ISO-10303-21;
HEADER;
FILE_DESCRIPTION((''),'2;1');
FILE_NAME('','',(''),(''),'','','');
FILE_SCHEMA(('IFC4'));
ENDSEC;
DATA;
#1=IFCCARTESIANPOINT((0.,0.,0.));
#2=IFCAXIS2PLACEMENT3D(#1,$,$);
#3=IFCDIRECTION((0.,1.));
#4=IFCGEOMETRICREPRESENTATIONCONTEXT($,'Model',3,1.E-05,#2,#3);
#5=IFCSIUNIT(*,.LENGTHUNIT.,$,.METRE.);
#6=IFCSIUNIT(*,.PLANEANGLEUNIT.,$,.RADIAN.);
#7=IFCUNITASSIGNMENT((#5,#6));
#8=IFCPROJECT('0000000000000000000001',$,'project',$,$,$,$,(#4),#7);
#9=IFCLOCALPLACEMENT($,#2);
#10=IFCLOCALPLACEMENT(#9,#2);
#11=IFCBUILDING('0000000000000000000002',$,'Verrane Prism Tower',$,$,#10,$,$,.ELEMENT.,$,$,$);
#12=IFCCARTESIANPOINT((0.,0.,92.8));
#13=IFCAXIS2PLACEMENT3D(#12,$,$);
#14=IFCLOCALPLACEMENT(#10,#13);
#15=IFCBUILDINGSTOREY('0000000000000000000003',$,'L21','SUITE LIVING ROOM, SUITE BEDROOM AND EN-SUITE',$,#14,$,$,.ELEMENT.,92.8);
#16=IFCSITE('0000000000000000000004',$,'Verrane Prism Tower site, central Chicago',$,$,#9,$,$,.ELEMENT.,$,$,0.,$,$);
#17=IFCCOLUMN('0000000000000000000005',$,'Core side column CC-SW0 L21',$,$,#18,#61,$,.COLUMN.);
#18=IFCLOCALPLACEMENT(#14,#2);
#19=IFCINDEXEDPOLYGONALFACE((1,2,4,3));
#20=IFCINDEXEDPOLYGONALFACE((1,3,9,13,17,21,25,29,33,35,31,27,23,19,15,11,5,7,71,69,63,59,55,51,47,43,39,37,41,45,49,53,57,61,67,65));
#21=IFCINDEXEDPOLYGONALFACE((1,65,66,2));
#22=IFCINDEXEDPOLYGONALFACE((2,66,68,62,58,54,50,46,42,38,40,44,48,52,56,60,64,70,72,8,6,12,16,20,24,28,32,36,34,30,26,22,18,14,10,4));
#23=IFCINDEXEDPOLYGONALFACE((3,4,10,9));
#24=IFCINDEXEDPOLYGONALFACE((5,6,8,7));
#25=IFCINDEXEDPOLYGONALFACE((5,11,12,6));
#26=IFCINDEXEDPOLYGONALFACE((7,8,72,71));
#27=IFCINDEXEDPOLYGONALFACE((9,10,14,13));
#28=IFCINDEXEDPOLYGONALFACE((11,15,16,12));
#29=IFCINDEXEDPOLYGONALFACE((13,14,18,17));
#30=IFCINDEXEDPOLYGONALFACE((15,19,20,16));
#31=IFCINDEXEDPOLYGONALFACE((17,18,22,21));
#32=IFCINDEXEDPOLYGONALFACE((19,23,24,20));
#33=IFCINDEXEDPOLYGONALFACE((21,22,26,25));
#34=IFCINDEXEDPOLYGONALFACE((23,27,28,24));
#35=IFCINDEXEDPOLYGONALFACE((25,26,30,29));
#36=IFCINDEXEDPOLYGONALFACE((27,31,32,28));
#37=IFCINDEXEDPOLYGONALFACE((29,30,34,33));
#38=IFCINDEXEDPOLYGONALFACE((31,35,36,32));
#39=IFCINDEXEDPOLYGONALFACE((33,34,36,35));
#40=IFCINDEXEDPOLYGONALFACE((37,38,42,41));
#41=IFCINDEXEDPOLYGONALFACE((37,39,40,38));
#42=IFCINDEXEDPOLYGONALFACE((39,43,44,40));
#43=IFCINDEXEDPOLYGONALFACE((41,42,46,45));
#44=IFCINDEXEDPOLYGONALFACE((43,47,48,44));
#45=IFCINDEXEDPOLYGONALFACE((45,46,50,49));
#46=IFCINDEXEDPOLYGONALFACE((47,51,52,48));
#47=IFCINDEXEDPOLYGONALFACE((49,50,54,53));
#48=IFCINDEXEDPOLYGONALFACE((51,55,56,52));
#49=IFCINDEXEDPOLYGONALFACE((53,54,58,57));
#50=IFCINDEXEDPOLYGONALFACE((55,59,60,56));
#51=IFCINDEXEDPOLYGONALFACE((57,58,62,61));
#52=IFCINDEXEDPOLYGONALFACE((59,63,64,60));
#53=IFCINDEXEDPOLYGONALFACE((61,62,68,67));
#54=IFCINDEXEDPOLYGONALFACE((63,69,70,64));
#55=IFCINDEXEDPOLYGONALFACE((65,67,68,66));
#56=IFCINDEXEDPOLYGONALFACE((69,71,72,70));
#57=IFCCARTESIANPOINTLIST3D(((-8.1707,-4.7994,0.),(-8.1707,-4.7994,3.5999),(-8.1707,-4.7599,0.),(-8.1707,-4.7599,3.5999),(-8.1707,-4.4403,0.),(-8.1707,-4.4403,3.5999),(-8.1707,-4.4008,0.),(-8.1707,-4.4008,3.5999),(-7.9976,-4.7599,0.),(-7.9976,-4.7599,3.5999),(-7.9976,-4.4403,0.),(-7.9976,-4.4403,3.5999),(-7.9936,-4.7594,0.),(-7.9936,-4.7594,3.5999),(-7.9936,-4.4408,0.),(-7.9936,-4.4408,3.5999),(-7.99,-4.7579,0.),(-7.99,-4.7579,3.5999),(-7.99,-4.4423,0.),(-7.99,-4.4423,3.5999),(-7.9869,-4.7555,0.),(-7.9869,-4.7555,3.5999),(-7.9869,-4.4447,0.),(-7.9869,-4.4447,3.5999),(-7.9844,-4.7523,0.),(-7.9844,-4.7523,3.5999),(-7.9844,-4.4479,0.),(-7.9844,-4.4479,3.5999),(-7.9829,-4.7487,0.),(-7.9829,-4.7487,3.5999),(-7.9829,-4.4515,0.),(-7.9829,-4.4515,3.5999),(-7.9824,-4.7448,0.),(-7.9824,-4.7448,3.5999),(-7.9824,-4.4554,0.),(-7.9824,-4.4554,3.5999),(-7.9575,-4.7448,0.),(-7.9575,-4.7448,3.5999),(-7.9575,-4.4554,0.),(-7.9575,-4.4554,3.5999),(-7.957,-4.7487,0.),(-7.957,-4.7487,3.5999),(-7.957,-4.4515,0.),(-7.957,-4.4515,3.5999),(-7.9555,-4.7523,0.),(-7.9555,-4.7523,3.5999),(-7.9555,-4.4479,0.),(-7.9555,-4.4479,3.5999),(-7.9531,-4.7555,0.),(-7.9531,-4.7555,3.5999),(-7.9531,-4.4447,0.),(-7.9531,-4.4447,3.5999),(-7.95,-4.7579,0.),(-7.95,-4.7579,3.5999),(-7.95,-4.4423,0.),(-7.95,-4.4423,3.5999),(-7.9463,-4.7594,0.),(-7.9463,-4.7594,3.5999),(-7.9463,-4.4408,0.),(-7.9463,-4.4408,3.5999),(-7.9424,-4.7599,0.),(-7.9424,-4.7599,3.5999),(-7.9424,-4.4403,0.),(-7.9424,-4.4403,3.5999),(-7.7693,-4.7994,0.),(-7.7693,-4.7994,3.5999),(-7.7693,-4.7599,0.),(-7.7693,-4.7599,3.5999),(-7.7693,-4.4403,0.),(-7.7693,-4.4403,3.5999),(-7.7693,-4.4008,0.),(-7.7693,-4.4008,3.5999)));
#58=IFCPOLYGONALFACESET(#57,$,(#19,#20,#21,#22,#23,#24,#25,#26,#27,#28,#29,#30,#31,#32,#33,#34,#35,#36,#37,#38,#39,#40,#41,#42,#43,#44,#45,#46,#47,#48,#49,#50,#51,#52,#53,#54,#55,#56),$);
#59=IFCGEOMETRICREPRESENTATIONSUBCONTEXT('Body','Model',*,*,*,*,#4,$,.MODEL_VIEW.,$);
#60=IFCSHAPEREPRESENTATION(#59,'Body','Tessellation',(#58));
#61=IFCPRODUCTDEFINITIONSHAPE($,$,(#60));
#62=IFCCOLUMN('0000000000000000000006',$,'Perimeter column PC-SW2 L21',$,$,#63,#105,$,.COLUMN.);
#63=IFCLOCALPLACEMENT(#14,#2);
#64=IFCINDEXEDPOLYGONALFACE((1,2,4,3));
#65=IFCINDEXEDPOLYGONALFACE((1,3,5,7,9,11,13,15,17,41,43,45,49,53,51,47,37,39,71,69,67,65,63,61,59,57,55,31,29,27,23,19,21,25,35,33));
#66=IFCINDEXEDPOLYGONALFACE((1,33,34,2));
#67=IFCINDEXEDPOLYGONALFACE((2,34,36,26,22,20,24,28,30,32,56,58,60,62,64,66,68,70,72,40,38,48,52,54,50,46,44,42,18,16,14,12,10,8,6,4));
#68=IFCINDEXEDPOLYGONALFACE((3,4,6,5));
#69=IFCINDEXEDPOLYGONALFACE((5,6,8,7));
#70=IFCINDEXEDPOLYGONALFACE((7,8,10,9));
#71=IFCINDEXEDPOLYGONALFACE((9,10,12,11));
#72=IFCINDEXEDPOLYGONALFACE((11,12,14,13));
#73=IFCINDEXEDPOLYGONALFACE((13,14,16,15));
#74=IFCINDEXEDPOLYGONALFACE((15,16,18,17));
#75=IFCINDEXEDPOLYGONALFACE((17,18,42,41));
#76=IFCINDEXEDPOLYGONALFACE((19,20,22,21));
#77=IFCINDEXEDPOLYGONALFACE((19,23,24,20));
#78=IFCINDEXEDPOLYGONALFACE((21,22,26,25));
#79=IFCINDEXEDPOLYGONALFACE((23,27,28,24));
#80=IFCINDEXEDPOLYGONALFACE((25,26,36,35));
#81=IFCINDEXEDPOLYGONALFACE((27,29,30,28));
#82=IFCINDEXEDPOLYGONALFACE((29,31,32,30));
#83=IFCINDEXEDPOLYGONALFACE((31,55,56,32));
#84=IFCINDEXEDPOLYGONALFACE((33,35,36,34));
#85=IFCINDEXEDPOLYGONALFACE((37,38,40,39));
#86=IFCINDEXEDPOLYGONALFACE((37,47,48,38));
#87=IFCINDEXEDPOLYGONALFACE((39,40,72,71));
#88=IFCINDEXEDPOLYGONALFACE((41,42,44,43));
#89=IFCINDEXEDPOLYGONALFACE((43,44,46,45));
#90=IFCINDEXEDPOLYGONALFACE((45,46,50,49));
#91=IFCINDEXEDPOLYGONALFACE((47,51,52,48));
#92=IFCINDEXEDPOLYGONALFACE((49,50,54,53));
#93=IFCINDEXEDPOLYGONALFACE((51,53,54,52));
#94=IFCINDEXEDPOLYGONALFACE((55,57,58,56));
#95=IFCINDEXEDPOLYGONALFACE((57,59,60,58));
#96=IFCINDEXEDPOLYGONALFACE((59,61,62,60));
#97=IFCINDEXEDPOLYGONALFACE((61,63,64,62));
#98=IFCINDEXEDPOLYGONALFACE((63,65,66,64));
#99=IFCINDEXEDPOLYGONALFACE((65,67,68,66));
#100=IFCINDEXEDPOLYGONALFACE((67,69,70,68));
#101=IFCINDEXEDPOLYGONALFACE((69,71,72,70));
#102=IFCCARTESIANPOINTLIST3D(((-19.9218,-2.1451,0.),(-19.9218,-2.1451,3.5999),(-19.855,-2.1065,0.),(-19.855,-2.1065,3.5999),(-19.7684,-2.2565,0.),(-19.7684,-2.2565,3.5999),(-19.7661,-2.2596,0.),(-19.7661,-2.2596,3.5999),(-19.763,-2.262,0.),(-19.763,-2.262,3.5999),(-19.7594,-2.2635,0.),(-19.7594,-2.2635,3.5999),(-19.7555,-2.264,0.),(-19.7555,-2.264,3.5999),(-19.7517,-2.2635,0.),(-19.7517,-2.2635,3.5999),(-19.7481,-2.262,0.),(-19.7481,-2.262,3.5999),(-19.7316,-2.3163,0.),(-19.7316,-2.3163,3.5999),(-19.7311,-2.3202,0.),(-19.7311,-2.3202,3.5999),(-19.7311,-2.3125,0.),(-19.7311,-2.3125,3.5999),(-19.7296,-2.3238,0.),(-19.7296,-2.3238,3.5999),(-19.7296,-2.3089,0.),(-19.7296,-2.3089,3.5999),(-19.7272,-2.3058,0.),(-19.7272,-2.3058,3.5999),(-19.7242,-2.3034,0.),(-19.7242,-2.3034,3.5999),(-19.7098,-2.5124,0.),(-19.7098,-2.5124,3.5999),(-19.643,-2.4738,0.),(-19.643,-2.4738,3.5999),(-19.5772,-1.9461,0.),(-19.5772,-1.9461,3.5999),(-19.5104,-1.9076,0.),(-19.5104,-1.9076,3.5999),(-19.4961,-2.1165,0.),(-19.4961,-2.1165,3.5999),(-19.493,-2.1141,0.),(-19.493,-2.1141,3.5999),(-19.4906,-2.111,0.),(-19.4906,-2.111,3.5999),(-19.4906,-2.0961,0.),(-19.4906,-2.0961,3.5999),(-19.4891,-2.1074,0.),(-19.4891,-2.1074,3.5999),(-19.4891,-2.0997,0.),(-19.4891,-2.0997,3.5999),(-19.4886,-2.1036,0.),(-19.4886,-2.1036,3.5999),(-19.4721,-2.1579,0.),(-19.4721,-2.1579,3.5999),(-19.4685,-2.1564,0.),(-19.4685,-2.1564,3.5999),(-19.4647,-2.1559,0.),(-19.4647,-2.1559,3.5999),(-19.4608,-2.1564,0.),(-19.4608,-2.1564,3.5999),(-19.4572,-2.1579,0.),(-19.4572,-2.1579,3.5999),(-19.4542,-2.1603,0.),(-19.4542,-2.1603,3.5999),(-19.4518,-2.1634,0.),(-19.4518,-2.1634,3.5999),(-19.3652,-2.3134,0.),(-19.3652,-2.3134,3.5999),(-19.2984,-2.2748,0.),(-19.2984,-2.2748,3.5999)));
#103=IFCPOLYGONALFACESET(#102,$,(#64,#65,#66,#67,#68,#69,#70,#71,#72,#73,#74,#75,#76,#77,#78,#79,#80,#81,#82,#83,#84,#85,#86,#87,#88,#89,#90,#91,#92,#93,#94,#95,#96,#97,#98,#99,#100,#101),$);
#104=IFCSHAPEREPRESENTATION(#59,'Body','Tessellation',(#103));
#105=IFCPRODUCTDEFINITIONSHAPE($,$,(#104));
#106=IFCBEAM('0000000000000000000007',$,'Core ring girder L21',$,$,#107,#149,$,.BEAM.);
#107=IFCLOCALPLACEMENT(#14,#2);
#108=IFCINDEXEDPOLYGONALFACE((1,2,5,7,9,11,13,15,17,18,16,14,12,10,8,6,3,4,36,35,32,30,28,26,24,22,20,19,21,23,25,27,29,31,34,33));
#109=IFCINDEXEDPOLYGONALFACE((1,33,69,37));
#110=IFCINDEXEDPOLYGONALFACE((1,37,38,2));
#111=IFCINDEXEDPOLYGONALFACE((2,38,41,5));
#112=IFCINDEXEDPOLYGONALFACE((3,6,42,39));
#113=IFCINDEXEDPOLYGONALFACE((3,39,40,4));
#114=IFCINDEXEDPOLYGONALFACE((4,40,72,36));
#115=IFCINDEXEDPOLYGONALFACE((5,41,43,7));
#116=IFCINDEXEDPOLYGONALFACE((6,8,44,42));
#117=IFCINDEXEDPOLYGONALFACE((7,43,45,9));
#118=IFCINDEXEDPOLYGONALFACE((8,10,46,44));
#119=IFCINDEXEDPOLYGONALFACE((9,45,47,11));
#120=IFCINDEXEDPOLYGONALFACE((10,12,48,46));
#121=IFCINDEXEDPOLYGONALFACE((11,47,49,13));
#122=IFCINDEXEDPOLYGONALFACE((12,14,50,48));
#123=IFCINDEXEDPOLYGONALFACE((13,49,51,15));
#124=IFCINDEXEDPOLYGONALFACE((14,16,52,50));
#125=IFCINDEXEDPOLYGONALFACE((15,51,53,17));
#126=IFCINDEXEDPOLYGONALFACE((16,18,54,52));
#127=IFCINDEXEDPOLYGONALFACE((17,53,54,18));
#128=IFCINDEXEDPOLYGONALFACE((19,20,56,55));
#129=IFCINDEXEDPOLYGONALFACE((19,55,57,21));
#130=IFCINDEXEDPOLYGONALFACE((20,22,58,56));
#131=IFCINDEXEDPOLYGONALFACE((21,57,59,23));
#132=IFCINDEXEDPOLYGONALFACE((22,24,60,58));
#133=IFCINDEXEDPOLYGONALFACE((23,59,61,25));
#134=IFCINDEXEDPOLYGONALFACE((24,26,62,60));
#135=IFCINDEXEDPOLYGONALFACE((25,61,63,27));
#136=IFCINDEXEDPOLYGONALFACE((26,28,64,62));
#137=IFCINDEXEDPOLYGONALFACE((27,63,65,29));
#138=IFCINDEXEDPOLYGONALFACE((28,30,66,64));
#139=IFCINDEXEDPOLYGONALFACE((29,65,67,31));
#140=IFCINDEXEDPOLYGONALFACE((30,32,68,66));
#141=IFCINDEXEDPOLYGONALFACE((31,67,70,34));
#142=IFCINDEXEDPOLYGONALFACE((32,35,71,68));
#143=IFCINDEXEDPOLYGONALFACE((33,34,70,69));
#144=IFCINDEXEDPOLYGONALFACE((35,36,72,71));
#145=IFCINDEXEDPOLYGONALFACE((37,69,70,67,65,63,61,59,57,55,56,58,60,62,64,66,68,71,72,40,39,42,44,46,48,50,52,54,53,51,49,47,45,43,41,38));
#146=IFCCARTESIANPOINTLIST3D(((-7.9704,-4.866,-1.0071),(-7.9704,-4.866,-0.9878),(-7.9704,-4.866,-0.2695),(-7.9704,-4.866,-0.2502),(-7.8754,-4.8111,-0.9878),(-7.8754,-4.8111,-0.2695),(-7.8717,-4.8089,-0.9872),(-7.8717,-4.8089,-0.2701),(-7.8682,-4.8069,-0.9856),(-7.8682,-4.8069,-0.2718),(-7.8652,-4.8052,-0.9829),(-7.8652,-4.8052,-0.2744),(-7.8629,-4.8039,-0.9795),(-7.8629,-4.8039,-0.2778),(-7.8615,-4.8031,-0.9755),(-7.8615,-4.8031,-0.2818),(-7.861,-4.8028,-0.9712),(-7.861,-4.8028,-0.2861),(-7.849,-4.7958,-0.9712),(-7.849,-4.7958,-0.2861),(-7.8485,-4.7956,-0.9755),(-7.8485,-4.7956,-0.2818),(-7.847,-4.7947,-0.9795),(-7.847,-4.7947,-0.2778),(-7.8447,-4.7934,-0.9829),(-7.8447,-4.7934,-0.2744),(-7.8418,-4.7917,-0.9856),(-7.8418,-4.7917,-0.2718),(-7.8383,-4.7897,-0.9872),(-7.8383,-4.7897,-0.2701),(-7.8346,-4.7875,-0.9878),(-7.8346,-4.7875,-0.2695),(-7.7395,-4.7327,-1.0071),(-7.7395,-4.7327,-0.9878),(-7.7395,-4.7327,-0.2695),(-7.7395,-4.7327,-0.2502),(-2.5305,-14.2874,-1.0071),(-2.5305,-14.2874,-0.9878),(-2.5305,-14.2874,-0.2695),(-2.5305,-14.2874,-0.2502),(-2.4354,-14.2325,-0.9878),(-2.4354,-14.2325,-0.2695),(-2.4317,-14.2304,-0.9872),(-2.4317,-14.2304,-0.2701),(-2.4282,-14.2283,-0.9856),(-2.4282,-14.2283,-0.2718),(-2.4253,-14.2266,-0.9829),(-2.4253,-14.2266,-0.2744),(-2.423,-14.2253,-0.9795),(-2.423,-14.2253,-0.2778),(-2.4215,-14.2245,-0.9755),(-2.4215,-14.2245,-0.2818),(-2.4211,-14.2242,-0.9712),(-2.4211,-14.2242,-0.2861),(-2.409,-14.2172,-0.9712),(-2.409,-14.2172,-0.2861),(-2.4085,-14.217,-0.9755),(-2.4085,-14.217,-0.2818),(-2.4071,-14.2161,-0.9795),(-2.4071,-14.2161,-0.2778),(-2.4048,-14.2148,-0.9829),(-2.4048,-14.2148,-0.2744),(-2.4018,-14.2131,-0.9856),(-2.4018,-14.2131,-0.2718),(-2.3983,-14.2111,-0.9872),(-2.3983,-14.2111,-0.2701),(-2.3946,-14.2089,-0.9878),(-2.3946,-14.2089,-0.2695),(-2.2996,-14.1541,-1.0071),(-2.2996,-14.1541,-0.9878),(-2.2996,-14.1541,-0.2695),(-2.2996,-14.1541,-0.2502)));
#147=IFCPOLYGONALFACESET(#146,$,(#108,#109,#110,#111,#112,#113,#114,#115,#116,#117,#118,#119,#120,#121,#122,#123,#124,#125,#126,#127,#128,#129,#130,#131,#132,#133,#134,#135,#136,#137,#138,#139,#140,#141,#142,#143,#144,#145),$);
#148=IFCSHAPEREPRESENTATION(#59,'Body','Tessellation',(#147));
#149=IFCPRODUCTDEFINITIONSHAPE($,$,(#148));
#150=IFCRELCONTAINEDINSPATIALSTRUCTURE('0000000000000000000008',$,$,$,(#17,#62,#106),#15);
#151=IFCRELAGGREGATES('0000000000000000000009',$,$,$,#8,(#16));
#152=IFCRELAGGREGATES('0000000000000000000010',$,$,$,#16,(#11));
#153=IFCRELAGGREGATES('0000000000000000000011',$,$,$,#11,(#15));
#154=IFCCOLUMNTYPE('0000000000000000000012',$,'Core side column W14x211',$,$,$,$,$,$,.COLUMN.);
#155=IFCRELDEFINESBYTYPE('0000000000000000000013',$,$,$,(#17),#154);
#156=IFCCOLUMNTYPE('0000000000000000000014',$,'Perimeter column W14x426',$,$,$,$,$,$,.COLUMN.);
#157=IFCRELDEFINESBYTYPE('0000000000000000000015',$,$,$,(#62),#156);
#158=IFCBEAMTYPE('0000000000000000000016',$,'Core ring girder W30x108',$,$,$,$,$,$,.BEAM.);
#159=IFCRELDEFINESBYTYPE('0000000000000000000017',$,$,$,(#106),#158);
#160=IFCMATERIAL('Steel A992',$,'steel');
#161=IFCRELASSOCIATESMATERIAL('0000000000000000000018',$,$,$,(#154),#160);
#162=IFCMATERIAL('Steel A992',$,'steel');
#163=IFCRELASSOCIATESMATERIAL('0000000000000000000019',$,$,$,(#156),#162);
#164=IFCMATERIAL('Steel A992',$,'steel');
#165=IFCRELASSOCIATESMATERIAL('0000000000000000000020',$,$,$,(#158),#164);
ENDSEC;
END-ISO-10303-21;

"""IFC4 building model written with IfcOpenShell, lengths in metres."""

from ifc_helpers import new_model, si_unit, direction, frame, origin, origin_2d, place, context, subcontext, project, spatial, i_section, extrude, material, material_profile, profile_set, type_object, element, save


model = new_model("IFC4")

# Units and contexts
model_context = context("Model", 3, precision=1e-05, world=origin(), true_north=direction((0.0, 1.0)))
body_context = subcontext(model_context, "Body", "Model", "MODEL_VIEW")
ifc_project = project(units=[si_unit("LENGTHUNIT", "METRE"), si_unit("PLANEANGLEUNIT", "RADIAN")], contexts=[model_context])

# Site, building, storey
site_placement = place(None, origin())
site = spatial("IfcSite", under=ifc_project, at=site_placement, Name="Verrane Prism Tower site, central Chicago", CompositionType="ELEMENT", RefElevation=0.0)
building_placement = place(site_placement, origin())
building = spatial("IfcBuilding", under=site, at=building_placement, Name="Verrane Prism Tower", CompositionType="ELEMENT")
storey_placement = place(building_placement, frame((0.0, 0.0, 92.8)))
storey = spatial("IfcBuildingStorey", under=building, at=storey_placement, Name="L21", Description="SUITE LIVING ROOM, SUITE BEDROOM AND EN-SUITE", CompositionType="ELEMENT", Elevation=92.8)

# Columns
ifc_material_1 = material(Name="Steel A992", Category="steel")
ifc_material_profile_1 = material_profile(ifc_material_1, i_section(OverallWidth=0.4014, OverallDepth=0.3987, WebThickness=0.0249, FlangeThickness=0.0396, FilletRadius=0.0151, at=origin_2d()), Name="W14x211")
ifc_profile_set_1 = profile_set([ifc_material_profile_1], Name="Steel A992")
column_type_1 = type_object("IfcColumnType", Name="Core side column W14x211", PredefinedType="COLUMN", material=ifc_profile_set_1)
column_1_placement = place(storey_placement, frame((-7.97, -4.6001, 0.0), z_axis=(0.0, 0.0, 1.0), x_axis=(1.0, 0.0, 0.0)))
element("IfcColumn", 1, at=column_1_placement, inside=storey, type_object=column_type_1, Name="Core side column CC-SW0 L21", PredefinedType="COLUMN", context=body_context, shape_type="SweptSolid", body=[
    extrude(i_section(OverallWidth=0.4014, OverallDepth=0.3987, WebThickness=0.0249, FlangeThickness=0.0396, FilletRadius=0.0151, at=origin_2d()), origin(), (0.0, 0.0, 1.0), 3.5999),
])
ifc_material_2 = material(Name="Steel A992", Category="steel")
ifc_material_profile_2 = material_profile(ifc_material_2, i_section(OverallWidth=0.4241, OverallDepth=0.4751, WebThickness=0.0479, FlangeThickness=0.0771, FilletRadius=0.0149, at=origin_2d()), Name="W14x426")
ifc_profile_set_2 = profile_set([ifc_material_profile_2], Name="Steel A992")
column_type_2 = type_object("IfcColumnType", Name="Perimeter column W14x426", PredefinedType="COLUMN", material=ifc_profile_set_2)
column_2_placement = place(storey_placement, frame((-19.6101, -2.21, 0.0), z_axis=(0.0, 0.0, 1.0), x_axis=(-0.5, 0.866025, 0.0)))
element("IfcColumn", 2, at=column_2_placement, inside=storey, type_object=column_type_2, Name="Perimeter column PC-SW2 L21", PredefinedType="COLUMN", context=body_context, shape_type="SweptSolid", body=[
    extrude(i_section(OverallWidth=0.4241, OverallDepth=0.4751, WebThickness=0.0479, FlangeThickness=0.0771, FilletRadius=0.0149, at=origin_2d()), origin(), (0.0, 0.0, 1.0), 3.5999),
])

# Beam
ifc_material_3 = material(Name="Steel A992", Category="steel")
ifc_material_profile_3 = material_profile(ifc_material_3, i_section(OverallWidth=0.2666, OverallDepth=0.7568, WebThickness=0.0139, FlangeThickness=0.0193, FilletRadius=0.0166, at=origin_2d()), Name="W30x108")
ifc_profile_set_3 = profile_set([ifc_material_profile_3], Name="Steel A992")
beam_type_1 = type_object("IfcBeamType", Name="Core ring girder W30x108", PredefinedType="BEAM", material=ifc_profile_set_3)
beam_1_placement = place(storey_placement, frame((-7.855, -4.7993, -0.6287), z_axis=(0.500035, -0.866005, 0.0), x_axis=(0.866005, 0.500035, 0.0)))
element("IfcBeam", 3, at=beam_1_placement, inside=storey, type_object=beam_type_1, Name="Core ring girder L21", PredefinedType="BEAM", context=body_context, shape_type="SweptSolid", body=[
    extrude(i_section(OverallWidth=0.2666, OverallDepth=0.7568, WebThickness=0.0139, FlangeThickness=0.0193, FilletRadius=0.0166, at=origin_2d()), origin(), (0.0, 0.0, 1.0), 10.8792),
])

save(model, "model.ifc")
